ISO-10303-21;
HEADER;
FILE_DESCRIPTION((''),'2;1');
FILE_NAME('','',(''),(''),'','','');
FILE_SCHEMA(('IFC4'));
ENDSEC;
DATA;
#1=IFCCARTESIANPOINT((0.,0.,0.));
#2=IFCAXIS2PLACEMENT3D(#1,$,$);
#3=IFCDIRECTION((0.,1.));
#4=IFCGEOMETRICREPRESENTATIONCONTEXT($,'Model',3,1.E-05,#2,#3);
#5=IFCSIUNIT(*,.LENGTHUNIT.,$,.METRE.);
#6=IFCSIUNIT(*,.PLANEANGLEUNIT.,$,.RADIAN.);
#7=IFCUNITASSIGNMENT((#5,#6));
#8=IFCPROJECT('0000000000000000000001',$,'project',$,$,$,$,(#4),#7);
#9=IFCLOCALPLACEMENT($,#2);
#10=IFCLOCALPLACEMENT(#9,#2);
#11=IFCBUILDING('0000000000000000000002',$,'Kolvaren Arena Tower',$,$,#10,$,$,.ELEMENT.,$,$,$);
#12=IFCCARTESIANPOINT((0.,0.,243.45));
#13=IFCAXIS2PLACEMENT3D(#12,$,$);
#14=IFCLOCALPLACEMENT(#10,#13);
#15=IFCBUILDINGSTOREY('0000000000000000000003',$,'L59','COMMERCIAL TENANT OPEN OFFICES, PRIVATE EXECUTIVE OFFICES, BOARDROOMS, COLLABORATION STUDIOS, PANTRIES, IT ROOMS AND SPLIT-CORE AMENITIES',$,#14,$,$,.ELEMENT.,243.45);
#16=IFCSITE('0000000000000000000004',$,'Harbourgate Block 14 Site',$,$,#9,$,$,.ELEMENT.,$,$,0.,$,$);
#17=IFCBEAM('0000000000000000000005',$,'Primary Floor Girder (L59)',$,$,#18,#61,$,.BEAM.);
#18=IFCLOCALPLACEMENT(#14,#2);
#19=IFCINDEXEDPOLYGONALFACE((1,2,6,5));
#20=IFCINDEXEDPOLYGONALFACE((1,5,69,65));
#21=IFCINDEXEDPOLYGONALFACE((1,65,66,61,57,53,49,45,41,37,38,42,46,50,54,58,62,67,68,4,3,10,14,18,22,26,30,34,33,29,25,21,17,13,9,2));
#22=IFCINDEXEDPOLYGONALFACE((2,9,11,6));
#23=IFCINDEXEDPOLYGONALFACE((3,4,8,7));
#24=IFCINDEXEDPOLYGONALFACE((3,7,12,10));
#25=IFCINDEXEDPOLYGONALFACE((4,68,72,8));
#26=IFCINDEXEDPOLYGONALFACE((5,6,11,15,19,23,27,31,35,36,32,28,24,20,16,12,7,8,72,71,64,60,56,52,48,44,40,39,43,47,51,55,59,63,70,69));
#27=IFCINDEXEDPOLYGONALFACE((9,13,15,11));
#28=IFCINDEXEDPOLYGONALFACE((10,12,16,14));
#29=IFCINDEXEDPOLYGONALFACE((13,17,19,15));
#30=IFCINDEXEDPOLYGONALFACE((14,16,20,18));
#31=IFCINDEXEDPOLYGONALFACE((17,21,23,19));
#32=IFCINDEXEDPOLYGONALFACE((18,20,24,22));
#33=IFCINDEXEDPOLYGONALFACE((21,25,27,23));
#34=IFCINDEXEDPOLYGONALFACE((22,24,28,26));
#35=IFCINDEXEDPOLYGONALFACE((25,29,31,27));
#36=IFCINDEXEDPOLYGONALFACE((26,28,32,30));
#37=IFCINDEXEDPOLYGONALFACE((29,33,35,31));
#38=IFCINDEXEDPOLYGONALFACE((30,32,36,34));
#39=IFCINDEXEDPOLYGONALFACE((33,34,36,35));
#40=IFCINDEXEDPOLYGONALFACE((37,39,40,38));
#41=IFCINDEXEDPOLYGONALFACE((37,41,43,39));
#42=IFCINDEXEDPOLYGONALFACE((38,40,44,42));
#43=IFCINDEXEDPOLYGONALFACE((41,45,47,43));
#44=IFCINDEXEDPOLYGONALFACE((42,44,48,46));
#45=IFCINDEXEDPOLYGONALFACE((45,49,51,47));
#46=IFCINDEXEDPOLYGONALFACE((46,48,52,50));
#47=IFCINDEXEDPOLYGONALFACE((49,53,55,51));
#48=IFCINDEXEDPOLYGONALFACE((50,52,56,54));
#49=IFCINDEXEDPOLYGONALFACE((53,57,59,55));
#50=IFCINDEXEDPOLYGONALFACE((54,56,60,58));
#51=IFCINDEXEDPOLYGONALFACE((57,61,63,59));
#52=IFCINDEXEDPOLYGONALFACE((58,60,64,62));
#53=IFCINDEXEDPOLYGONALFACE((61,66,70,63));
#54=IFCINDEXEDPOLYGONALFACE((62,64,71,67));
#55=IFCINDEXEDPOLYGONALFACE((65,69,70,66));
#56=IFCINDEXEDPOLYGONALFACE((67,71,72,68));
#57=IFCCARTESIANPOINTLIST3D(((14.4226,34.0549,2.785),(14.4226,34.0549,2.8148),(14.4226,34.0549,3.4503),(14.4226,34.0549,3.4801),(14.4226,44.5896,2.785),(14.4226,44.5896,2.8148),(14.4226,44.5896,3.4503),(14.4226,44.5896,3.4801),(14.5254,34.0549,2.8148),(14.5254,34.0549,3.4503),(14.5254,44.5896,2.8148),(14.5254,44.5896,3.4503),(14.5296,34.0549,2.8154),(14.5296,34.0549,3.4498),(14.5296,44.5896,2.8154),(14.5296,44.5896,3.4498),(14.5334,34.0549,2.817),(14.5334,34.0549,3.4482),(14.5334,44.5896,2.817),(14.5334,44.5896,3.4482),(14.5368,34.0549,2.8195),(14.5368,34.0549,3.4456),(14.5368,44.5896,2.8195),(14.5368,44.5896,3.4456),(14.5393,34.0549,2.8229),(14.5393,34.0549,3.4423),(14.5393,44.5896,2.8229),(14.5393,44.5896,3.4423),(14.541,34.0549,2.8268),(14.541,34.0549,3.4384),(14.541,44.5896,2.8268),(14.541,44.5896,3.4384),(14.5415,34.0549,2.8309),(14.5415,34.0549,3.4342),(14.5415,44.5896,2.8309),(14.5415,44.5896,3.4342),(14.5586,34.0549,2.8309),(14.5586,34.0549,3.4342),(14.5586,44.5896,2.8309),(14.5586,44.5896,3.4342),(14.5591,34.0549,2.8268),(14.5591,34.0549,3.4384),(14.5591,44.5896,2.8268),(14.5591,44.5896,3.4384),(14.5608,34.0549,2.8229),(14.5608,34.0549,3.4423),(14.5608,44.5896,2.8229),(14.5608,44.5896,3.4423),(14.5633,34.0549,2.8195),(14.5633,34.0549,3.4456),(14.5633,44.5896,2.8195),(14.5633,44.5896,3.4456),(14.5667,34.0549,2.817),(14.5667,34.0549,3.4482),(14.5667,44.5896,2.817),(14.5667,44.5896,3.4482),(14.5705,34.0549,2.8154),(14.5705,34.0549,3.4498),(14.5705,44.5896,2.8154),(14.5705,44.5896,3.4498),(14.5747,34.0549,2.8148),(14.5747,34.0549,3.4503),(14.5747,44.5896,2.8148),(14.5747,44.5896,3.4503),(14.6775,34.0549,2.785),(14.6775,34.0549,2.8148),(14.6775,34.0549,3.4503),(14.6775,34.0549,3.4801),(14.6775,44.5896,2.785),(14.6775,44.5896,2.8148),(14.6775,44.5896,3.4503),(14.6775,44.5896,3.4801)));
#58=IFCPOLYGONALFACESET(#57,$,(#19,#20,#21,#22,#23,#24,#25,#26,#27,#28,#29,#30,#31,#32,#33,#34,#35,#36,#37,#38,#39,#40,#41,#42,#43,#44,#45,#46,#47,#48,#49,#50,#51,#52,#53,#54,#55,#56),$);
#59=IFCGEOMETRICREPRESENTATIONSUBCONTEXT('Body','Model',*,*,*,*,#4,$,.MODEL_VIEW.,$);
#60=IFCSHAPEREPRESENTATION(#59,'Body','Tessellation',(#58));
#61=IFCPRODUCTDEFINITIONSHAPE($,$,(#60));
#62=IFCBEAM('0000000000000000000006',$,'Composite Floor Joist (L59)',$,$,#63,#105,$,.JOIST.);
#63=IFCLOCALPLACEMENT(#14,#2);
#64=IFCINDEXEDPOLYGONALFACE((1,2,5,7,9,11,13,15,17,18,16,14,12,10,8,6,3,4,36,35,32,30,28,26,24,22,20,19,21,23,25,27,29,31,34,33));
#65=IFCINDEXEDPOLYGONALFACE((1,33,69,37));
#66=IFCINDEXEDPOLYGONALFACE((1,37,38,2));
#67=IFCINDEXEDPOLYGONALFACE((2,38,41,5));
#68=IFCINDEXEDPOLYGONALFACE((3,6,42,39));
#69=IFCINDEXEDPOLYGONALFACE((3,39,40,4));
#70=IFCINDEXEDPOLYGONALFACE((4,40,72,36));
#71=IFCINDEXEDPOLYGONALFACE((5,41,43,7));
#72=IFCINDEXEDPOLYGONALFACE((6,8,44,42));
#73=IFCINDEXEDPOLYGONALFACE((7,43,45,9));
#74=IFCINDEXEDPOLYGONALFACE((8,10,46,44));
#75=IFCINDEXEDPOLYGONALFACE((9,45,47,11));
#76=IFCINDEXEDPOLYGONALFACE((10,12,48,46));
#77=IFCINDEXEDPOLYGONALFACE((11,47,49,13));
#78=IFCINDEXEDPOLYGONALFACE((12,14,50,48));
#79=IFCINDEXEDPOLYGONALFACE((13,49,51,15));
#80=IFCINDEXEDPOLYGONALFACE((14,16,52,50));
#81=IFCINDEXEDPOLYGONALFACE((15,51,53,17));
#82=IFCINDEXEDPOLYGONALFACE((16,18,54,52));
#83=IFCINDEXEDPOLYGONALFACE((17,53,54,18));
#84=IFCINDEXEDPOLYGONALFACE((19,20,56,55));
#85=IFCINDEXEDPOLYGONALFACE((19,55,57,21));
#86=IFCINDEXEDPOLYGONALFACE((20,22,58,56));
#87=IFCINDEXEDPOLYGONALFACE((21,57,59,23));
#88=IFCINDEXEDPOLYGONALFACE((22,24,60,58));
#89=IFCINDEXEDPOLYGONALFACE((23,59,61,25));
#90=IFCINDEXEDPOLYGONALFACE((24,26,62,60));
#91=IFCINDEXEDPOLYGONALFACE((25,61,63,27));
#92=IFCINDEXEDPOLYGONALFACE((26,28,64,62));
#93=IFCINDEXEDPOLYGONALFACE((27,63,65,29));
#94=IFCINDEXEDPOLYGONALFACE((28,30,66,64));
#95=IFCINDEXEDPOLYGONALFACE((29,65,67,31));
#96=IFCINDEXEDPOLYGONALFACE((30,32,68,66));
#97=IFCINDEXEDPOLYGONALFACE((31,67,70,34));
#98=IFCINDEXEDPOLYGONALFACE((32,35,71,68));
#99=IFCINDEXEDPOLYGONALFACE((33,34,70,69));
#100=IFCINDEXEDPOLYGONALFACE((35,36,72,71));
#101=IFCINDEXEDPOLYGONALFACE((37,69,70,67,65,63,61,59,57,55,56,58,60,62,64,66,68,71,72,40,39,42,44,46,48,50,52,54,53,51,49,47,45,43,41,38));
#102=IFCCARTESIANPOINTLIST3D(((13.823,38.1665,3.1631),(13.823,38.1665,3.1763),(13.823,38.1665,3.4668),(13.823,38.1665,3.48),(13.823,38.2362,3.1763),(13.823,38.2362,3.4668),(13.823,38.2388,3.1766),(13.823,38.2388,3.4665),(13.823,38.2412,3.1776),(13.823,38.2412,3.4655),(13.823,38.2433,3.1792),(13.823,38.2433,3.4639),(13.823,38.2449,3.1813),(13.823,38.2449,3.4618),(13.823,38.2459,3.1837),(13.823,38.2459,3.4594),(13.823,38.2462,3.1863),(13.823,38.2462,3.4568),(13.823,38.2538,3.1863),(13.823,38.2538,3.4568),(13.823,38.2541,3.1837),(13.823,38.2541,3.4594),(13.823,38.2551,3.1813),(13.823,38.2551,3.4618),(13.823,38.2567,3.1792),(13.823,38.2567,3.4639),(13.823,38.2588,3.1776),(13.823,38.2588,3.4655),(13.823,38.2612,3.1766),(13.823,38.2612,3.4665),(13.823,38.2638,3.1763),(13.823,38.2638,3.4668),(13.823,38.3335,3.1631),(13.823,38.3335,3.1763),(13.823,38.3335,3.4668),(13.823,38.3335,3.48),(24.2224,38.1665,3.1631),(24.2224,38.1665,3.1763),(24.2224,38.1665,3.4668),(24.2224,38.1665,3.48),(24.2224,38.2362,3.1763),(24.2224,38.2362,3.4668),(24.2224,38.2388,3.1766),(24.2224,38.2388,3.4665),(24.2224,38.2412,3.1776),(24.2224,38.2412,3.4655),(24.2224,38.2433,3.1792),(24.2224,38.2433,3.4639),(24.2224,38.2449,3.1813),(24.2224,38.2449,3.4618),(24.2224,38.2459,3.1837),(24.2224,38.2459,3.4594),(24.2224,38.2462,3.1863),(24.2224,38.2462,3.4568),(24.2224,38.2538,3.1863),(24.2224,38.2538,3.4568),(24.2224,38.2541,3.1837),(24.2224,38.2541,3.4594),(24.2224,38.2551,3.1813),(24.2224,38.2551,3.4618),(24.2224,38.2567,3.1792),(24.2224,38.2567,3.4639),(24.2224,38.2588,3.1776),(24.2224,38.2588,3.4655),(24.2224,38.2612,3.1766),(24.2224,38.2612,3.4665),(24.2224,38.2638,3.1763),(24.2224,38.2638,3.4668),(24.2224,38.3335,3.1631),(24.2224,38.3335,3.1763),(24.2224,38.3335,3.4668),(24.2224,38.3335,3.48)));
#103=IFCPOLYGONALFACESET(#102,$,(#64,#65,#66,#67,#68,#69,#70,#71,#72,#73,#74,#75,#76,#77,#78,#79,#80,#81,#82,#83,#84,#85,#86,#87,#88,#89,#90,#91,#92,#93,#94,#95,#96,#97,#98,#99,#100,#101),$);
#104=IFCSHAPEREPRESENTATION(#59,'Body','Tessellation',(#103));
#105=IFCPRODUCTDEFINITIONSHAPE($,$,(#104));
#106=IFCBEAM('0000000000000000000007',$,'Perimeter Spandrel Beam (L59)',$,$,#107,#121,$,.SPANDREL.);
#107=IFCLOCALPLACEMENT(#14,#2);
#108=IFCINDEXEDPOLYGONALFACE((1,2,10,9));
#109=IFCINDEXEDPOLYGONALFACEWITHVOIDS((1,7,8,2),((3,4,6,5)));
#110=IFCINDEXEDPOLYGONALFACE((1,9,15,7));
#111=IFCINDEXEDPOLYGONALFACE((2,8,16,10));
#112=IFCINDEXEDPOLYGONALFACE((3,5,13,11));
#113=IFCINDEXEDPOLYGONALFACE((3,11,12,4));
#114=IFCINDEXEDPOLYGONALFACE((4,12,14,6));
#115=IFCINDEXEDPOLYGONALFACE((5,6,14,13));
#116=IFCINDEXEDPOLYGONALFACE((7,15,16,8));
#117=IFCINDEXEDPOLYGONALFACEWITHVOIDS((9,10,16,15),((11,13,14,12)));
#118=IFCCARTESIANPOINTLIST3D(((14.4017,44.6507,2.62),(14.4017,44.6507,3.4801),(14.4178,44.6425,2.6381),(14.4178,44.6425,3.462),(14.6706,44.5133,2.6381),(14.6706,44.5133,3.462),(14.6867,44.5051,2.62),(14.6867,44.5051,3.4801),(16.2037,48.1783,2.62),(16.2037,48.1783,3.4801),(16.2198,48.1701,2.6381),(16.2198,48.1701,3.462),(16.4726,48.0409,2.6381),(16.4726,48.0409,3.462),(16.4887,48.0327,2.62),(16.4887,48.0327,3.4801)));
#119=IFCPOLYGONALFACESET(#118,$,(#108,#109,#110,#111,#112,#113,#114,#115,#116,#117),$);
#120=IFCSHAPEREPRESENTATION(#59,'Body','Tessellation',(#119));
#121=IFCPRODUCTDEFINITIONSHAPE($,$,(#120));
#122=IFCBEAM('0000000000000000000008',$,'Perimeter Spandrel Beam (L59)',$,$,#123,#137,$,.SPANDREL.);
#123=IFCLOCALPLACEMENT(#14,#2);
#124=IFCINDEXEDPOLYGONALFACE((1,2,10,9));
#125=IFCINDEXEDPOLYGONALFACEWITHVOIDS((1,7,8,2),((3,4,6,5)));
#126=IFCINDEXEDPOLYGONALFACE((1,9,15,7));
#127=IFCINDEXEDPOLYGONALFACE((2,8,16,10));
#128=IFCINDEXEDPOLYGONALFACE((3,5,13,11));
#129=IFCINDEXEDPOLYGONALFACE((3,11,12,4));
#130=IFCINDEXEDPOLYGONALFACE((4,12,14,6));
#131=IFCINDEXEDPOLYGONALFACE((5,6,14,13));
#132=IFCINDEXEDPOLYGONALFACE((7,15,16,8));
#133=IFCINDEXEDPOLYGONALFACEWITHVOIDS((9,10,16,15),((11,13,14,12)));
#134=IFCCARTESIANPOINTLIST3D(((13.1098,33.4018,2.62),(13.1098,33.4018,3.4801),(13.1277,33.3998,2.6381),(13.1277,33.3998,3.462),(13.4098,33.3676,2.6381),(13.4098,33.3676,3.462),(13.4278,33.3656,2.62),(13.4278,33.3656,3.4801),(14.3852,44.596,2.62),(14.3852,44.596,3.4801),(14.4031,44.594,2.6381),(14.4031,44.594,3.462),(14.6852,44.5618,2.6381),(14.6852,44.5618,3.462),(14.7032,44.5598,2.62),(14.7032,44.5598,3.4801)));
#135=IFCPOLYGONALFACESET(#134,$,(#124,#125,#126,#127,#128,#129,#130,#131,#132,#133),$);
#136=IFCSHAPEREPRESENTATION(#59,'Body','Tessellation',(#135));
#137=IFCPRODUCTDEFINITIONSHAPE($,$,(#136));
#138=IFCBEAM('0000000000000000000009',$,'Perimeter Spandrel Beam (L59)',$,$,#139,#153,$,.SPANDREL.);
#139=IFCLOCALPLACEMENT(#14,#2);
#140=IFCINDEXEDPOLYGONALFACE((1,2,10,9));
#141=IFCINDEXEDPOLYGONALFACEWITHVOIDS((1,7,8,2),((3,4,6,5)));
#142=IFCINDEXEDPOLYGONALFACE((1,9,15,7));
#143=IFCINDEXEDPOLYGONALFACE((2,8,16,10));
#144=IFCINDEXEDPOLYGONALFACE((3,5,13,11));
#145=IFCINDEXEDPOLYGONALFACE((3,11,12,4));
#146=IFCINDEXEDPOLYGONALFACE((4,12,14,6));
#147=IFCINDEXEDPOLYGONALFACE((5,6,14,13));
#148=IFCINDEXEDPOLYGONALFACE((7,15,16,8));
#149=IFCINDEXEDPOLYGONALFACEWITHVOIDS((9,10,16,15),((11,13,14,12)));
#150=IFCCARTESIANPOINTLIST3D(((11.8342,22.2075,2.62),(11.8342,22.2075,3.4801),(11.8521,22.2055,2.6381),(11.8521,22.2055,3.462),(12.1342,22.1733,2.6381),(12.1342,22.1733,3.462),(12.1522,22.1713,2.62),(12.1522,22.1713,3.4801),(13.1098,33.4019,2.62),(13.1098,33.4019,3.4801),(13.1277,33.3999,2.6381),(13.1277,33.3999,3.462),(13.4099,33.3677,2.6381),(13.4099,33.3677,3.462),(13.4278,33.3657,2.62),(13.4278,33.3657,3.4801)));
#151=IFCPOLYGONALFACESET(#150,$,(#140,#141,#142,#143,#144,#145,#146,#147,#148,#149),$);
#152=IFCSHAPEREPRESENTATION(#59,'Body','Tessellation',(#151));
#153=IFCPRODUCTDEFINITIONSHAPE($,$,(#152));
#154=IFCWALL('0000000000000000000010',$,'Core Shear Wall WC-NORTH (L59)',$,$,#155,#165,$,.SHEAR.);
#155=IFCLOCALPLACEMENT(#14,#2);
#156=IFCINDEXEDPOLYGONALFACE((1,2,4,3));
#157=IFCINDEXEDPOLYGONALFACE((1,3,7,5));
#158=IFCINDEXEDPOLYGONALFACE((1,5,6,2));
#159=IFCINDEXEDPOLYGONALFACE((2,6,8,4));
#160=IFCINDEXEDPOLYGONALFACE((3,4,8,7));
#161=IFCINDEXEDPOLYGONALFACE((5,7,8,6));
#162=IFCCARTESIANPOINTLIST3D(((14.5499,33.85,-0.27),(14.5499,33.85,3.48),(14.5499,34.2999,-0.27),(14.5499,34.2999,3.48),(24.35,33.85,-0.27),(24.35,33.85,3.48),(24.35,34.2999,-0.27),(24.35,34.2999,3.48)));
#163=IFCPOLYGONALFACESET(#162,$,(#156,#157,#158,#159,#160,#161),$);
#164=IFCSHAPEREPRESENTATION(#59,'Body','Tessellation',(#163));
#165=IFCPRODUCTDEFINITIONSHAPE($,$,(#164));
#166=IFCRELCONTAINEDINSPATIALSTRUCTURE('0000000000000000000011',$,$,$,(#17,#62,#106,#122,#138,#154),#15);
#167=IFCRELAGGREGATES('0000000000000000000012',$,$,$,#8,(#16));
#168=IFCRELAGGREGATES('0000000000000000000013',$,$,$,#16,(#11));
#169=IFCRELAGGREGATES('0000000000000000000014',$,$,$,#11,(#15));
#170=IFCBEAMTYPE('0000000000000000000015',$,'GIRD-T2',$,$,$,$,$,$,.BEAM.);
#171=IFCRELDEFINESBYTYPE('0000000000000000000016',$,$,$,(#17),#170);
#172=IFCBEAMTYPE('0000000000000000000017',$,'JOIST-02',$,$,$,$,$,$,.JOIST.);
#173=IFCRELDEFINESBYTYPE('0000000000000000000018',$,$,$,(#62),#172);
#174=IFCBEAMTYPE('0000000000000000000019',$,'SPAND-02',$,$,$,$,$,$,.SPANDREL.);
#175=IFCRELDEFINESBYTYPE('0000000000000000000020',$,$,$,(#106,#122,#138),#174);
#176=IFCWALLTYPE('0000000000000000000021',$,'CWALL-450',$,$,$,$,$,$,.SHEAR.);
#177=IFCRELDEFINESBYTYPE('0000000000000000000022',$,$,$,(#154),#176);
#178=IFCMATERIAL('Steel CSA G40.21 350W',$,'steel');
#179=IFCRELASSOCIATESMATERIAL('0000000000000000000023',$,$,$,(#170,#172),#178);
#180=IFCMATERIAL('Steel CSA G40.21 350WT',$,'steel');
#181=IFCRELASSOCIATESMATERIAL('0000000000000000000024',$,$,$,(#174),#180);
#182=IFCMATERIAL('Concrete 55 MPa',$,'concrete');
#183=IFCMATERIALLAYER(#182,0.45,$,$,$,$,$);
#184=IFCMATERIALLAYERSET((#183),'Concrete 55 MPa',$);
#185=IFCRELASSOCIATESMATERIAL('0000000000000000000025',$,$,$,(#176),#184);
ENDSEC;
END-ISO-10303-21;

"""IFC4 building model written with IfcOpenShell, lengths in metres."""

from ifc_helpers import new_model, si_unit, direction, frame, frame_2d, origin, origin_2d, place, context, subcontext, project, spatial, rectangle, hollow_rectangle, i_section, extrude, material, layer, layer_set, material_profile, profile_set, type_object, element, save


model = new_model("IFC4")

# Units and contexts
model_context = context("Model", 3, precision=1e-05, world=origin(), true_north=direction((0.0, 1.0)))
body_context = subcontext(model_context, "Body", "Model", "MODEL_VIEW")
ifc_project = project(units=[si_unit("LENGTHUNIT", "METRE"), si_unit("PLANEANGLEUNIT", "RADIAN")], contexts=[model_context])

# Site, building, storey
site_placement = place(None, origin())
site = spatial("IfcSite", under=ifc_project, at=site_placement, Name="Harbourgate Block 14 Site", CompositionType="ELEMENT", RefElevation=0.0)
building_placement = place(site_placement, origin())
building = spatial("IfcBuilding", under=site, at=building_placement, Name="Kolvaren Arena Tower", CompositionType="ELEMENT")
storey_placement = place(building_placement, frame((0.0, 0.0, 243.45)))
storey = spatial("IfcBuildingStorey", under=building, at=storey_placement, Name="L59", Description="COMMERCIAL TENANT OPEN OFFICES, PRIVATE EXECUTIVE OFFICES, BOARDROOMS, COLLABORATION STUDIOS, PANTRIES, IT ROOMS AND SPLIT-CORE AMENITIES", CompositionType="ELEMENT", Elevation=243.45)

# Beams
ifc_material_1 = material(Name="Steel CSA G40.21 350W", Category="steel")
ifc_material_profile_1 = material_profile(ifc_material_1, i_section(OverallWidth=0.2549, OverallDepth=0.6951, WebThickness=0.0171, FlangeThickness=0.0298, FilletRadius=0.0161, at=origin_2d()), Name="W690x217")
ifc_profile_set_1 = profile_set([ifc_material_profile_1], Name="Steel CSA G40.21 350W")
beam_type_1 = type_object("IfcBeamType", Name="GIRD-T2", PredefinedType="BEAM", material=ifc_profile_set_1)
beam_1_placement = place(storey_placement, frame((14.55, 34.0549, 3.1326), z_axis=(0.0, 1.0, 0.0), x_axis=(-1.0, 0.0, 0.0)))
element("IfcBeam", 1, at=beam_1_placement, inside=storey, type_object=beam_type_1, Name="Primary Floor Girder (L59)", PredefinedType="BEAM", context=body_context, shape_type="SweptSolid", body=[
    extrude(i_section(OverallWidth=0.2549, OverallDepth=0.6951, WebThickness=0.0171, FlangeThickness=0.0298, FilletRadius=0.0161, at=origin_2d()), origin(), (0.0, 0.0, 1.0), 10.5347),
])
ifc_material_profile_2 = material_profile(ifc_material_1, i_section(OverallWidth=0.167, OverallDepth=0.3169, WebThickness=0.0076, FlangeThickness=0.0132, FilletRadius=0.01, at=origin_2d()), Name="W310x52")
ifc_profile_set_2 = profile_set([ifc_material_profile_2], Name="Steel CSA G40.21 350W")
beam_type_2 = type_object("IfcBeamType", Name="JOIST-02", PredefinedType="JOIST", material=ifc_profile_set_2)
beam_2_placement = place(storey_placement, frame((13.823, 38.25, 3.3215), z_axis=(1.0, 0.0, 0.0), x_axis=(0.0, 1.0, 0.0)))
element("IfcBeam", 2, at=beam_2_placement, inside=storey, type_object=beam_type_2, Name="Composite Floor Joist (L59)", PredefinedType="JOIST", context=body_context, shape_type="SweptSolid", body=[
    extrude(i_section(OverallWidth=0.167, OverallDepth=0.3169, WebThickness=0.0076, FlangeThickness=0.0132, FilletRadius=0.01, at=origin_2d()), origin(), (0.0, 0.0, 1.0), 10.3994),
])
ifc_material_2 = material(Name="Steel CSA G40.21 350WT", Category="steel")
ifc_material_profile_3 = material_profile(ifc_material_2, hollow_rectangle(XDim=0.3201, YDim=0.8601, WallThickness=0.0181, at=origin_2d()), Name="HSS 860x320x18")
ifc_profile_set_3 = profile_set([ifc_material_profile_3], Name="Steel CSA G40.21 350WT")
beam_type_3 = type_object("IfcBeamType", Name="SPAND-02", PredefinedType="SPANDREL", material=ifc_profile_set_3)
beam_3_placement = place(storey_placement, frame((16.3462, 48.1055, 3.05), z_axis=(-0.454913, -0.890536, 0.0), x_axis=(0.890536, -0.454913, 0.0)))
element("IfcBeam", 3, at=beam_3_placement, inside=storey, type_object=beam_type_3, Name="Perimeter Spandrel Beam (L59)", PredefinedType="SPANDREL", context=body_context, shape_type="SweptSolid", body=[
    extrude(hollow_rectangle(XDim=0.3201, YDim=0.8601, WallThickness=0.0181, at=origin_2d()), origin(), (0.0, 0.0, 1.0), 3.9612),
])
beam_4_placement = place(storey_placement, frame((14.5442, 44.5779, 3.05), z_axis=(-0.113202, -0.993572, 0.0), x_axis=(0.993572, -0.113202, 0.0)))
element("IfcBeam", 4, at=beam_4_placement, inside=storey, type_object=beam_type_3, Name="Perimeter Spandrel Beam (L59)", PredefinedType="SPANDREL", context=body_context, shape_type="SweptSolid", body=[
    extrude(hollow_rectangle(XDim=0.3201, YDim=0.8601, WallThickness=0.0181, at=origin_2d()), origin(), (0.0, 0.0, 1.0), 11.2666),
])
beam_5_placement = place(storey_placement, frame((13.2688, 33.3838, 3.05), z_axis=(-0.113221, -0.99357, 0.0), x_axis=(0.99357, -0.113221, 0.0)))
element("IfcBeam", 5, at=beam_5_placement, inside=storey, type_object=beam_type_3, Name="Perimeter Spandrel Beam (L59)", PredefinedType="SPANDREL", context=body_context, shape_type="SweptSolid", body=[
    extrude(hollow_rectangle(XDim=0.3201, YDim=0.8601, WallThickness=0.0181, at=origin_2d()), origin(), (0.0, 0.0, 1.0), 11.2668),
])

# Wall
ifc_material_3 = material(Name="Concrete 55 MPa", Category="concrete")
ifc_layer_1 = layer(ifc_material_3, 0.45)
ifc_layer_set_1 = layer_set([ifc_layer_1], Name="Concrete 55 MPa")
wall_type_1 = type_object("IfcWallType", Name="CWALL-450", PredefinedType="SHEAR", material=ifc_layer_set_1)
wall_1_placement = place(storey_placement, frame((14.55, 34.075, -0.27), z_axis=(0.0, 0.0, 1.0), x_axis=(1.0, 0.0, 0.0)))
element("IfcWall", 6, at=wall_1_placement, inside=storey, type_object=wall_type_1, Name="Core Shear Wall WC-NORTH (L59)", PredefinedType="SHEAR", context=body_context, shape_type="SweptSolid", body=[
    extrude(rectangle(XDim=9.8, YDim=0.45, at=frame_2d((4.8999, 0.0))), origin(), (0.0, 0.0, 1.0), 3.75),
])

save(model, "model.ifc")
